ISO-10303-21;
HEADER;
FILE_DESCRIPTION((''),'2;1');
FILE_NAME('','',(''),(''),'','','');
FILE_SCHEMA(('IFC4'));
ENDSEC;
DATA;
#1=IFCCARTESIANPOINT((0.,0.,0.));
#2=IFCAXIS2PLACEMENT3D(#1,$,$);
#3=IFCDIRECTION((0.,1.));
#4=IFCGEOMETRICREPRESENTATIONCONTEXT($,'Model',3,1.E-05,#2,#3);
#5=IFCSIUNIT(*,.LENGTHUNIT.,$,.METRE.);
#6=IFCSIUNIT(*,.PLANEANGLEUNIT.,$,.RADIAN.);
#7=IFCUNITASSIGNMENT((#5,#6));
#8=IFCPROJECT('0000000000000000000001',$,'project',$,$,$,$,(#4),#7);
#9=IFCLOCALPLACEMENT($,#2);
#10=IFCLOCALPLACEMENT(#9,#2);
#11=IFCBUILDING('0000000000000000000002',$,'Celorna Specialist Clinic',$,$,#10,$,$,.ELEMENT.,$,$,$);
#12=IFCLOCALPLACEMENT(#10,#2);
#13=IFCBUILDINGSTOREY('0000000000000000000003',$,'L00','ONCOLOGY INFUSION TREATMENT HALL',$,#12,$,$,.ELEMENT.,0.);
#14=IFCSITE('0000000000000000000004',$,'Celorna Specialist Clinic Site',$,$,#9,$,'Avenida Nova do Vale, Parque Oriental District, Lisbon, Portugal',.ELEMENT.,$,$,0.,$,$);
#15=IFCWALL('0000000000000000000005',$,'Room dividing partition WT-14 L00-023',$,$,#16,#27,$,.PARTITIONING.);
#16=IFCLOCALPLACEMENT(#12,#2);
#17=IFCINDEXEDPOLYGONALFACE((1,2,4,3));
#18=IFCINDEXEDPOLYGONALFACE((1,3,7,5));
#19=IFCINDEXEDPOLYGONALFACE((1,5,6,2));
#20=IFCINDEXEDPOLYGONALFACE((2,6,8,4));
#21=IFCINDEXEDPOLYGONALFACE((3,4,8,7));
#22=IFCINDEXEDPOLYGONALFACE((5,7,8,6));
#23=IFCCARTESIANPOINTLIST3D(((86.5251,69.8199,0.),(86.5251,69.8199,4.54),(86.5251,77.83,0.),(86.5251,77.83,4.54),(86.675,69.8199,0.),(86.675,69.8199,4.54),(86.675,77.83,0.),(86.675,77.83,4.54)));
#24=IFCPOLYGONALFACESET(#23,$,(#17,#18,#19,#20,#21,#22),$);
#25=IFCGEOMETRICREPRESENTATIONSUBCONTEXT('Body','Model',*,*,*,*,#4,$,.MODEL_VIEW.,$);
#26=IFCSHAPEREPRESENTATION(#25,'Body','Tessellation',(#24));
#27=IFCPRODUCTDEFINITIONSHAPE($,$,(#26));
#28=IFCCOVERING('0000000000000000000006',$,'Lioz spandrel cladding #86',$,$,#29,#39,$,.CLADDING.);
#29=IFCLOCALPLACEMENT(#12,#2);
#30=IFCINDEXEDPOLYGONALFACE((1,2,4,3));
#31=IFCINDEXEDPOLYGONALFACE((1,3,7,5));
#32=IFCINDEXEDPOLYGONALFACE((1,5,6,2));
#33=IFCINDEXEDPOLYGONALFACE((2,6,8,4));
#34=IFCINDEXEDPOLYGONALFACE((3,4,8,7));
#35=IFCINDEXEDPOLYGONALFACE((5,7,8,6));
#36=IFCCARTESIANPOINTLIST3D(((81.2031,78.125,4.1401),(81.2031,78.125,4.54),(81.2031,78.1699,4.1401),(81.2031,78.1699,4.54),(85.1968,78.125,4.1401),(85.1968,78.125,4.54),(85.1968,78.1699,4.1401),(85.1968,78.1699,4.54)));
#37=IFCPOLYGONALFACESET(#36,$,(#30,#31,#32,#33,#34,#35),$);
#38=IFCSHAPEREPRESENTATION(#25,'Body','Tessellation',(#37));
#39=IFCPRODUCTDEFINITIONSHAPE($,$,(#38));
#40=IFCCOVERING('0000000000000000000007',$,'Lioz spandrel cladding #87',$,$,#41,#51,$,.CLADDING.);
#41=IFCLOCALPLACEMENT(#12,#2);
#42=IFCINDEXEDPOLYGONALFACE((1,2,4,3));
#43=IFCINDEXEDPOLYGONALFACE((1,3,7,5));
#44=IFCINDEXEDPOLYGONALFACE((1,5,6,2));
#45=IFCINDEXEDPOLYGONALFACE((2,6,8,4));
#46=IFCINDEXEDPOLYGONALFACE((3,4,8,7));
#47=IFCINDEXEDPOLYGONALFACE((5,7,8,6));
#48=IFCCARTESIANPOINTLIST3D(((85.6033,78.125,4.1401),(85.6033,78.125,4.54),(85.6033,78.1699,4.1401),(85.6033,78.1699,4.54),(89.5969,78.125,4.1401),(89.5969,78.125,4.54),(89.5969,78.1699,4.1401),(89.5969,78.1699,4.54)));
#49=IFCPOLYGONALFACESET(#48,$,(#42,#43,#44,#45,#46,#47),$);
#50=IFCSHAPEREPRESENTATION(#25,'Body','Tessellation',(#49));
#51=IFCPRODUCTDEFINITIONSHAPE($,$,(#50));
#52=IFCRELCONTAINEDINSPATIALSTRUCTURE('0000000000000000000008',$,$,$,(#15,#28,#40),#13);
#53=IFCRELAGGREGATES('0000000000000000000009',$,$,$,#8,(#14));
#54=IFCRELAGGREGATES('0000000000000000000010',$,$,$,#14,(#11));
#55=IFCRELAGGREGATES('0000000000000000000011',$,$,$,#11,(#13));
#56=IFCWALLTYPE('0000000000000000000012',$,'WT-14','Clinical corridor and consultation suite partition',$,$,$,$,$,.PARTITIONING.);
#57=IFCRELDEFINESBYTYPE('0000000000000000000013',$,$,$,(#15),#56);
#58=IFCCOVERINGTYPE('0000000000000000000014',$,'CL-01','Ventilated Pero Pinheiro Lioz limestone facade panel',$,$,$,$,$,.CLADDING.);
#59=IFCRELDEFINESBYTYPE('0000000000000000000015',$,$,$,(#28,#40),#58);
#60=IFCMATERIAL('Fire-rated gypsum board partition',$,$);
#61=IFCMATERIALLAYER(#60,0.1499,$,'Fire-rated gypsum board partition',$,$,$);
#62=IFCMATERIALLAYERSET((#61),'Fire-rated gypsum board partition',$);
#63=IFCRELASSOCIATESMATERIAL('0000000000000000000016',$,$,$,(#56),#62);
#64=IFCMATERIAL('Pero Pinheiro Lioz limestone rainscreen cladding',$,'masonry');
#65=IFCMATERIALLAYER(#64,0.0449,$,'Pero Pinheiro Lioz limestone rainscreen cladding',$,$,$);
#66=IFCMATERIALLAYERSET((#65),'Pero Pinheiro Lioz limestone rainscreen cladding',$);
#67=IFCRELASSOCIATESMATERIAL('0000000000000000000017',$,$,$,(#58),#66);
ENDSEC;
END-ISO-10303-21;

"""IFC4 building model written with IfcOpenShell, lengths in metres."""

from ifc_helpers import new_model, si_unit, direction, frame, frame_2d, origin, origin_2d, place, context, subcontext, project, spatial, rectangle, extrude, material, layer, layer_set, type_object, element, save


model = new_model("IFC4")

# Units and contexts
model_context = context("Model", 3, precision=1e-05, world=origin(), true_north=direction((0.0, 1.0)))
body_context = subcontext(model_context, "Body", "Model", "MODEL_VIEW")
ifc_project = project(units=[si_unit("LENGTHUNIT", "METRE"), si_unit("PLANEANGLEUNIT", "RADIAN")], contexts=[model_context])

# Site, building, storey
site_placement = place(None, origin())
site = spatial("IfcSite", under=ifc_project, at=site_placement, Name="Celorna Specialist Clinic Site", LongName="Avenida Nova do Vale, Parque Oriental District, Lisbon, Portugal", CompositionType="ELEMENT", RefElevation=0.0)
building_placement = place(site_placement, origin())
building = spatial("IfcBuilding", under=site, at=building_placement, Name="Celorna Specialist Clinic", CompositionType="ELEMENT")
storey_placement = place(building_placement, origin())
storey = spatial("IfcBuildingStorey", under=building, at=storey_placement, Name="L00", Description="ONCOLOGY INFUSION TREATMENT HALL", CompositionType="ELEMENT", Elevation=0.0)

# Shared definitions
ifc_material_1 = material(Name="Fire-rated gypsum board partition")
ifc_layer_1 = layer(ifc_material_1, 0.1499, Name="Fire-rated gypsum board partition")
ifc_layer_set_1 = layer_set([ifc_layer_1], Name="Fire-rated gypsum board partition")
wall_type_1 = type_object("IfcWallType", Name="WT-14", Description="Clinical corridor and consultation suite partition", PredefinedType="PARTITIONING", material=ifc_layer_set_1)

# Wall
wall_1_placement = place(storey_placement, frame((86.6001, 69.8201, 0.0), z_axis=(0.0, 0.0, 1.0), x_axis=(0.0, 1.0, 0.0)))
element("IfcWall", 1, at=wall_1_placement, inside=storey, type_object=wall_type_1, Name="Room dividing partition WT-14 L00-023", PredefinedType="PARTITIONING", context=body_context, shape_type="SweptSolid", body=[
    extrude(rectangle(XDim=8.01, YDim=0.1499, at=frame_2d((4.0049, 0.0))), origin(), (0.0, 0.0, 1.0), 4.54),
])

# Coverings
ifc_material_2 = material(Name="Pero Pinheiro Lioz limestone rainscreen cladding", Category="masonry")
ifc_layer_2 = layer(ifc_material_2, 0.0449, Name="Pero Pinheiro Lioz limestone rainscreen cladding")
ifc_layer_set_2 = layer_set([ifc_layer_2], Name="Pero Pinheiro Lioz limestone rainscreen cladding")
covering_type = type_object("IfcCoveringType", Name="CL-01", Description="Ventilated Pero Pinheiro Lioz limestone facade panel", PredefinedType="CLADDING", material=ifc_layer_set_2)
for number, where, z_axis, x_axis, name in (
    (2, (83.2, 78.1475, 4.1401), (0.0, 0.0, 1.0), (1.0, 0.0, 0.0), "Lioz spandrel cladding #86"),
    (3, (87.6001, 78.1475, 4.1401), (0.0, 0.0, 1.0), (1.0, 0.0, 0.0), "Lioz spandrel cladding #87"),
):
    element("IfcCovering", number, at=place(storey_placement, frame(where, z_axis=z_axis, x_axis=x_axis)), inside=storey, type_object=covering_type, Name=name, PredefinedType="CLADDING", context=body_context, shape_type="SweptSolid", body=[
        extrude(rectangle(XDim=3.9937, YDim=0.0449, at=origin_2d()), origin(), (0.0, 0.0, 1.0), 0.3999),
    ])

save(model, "model.ifc")
